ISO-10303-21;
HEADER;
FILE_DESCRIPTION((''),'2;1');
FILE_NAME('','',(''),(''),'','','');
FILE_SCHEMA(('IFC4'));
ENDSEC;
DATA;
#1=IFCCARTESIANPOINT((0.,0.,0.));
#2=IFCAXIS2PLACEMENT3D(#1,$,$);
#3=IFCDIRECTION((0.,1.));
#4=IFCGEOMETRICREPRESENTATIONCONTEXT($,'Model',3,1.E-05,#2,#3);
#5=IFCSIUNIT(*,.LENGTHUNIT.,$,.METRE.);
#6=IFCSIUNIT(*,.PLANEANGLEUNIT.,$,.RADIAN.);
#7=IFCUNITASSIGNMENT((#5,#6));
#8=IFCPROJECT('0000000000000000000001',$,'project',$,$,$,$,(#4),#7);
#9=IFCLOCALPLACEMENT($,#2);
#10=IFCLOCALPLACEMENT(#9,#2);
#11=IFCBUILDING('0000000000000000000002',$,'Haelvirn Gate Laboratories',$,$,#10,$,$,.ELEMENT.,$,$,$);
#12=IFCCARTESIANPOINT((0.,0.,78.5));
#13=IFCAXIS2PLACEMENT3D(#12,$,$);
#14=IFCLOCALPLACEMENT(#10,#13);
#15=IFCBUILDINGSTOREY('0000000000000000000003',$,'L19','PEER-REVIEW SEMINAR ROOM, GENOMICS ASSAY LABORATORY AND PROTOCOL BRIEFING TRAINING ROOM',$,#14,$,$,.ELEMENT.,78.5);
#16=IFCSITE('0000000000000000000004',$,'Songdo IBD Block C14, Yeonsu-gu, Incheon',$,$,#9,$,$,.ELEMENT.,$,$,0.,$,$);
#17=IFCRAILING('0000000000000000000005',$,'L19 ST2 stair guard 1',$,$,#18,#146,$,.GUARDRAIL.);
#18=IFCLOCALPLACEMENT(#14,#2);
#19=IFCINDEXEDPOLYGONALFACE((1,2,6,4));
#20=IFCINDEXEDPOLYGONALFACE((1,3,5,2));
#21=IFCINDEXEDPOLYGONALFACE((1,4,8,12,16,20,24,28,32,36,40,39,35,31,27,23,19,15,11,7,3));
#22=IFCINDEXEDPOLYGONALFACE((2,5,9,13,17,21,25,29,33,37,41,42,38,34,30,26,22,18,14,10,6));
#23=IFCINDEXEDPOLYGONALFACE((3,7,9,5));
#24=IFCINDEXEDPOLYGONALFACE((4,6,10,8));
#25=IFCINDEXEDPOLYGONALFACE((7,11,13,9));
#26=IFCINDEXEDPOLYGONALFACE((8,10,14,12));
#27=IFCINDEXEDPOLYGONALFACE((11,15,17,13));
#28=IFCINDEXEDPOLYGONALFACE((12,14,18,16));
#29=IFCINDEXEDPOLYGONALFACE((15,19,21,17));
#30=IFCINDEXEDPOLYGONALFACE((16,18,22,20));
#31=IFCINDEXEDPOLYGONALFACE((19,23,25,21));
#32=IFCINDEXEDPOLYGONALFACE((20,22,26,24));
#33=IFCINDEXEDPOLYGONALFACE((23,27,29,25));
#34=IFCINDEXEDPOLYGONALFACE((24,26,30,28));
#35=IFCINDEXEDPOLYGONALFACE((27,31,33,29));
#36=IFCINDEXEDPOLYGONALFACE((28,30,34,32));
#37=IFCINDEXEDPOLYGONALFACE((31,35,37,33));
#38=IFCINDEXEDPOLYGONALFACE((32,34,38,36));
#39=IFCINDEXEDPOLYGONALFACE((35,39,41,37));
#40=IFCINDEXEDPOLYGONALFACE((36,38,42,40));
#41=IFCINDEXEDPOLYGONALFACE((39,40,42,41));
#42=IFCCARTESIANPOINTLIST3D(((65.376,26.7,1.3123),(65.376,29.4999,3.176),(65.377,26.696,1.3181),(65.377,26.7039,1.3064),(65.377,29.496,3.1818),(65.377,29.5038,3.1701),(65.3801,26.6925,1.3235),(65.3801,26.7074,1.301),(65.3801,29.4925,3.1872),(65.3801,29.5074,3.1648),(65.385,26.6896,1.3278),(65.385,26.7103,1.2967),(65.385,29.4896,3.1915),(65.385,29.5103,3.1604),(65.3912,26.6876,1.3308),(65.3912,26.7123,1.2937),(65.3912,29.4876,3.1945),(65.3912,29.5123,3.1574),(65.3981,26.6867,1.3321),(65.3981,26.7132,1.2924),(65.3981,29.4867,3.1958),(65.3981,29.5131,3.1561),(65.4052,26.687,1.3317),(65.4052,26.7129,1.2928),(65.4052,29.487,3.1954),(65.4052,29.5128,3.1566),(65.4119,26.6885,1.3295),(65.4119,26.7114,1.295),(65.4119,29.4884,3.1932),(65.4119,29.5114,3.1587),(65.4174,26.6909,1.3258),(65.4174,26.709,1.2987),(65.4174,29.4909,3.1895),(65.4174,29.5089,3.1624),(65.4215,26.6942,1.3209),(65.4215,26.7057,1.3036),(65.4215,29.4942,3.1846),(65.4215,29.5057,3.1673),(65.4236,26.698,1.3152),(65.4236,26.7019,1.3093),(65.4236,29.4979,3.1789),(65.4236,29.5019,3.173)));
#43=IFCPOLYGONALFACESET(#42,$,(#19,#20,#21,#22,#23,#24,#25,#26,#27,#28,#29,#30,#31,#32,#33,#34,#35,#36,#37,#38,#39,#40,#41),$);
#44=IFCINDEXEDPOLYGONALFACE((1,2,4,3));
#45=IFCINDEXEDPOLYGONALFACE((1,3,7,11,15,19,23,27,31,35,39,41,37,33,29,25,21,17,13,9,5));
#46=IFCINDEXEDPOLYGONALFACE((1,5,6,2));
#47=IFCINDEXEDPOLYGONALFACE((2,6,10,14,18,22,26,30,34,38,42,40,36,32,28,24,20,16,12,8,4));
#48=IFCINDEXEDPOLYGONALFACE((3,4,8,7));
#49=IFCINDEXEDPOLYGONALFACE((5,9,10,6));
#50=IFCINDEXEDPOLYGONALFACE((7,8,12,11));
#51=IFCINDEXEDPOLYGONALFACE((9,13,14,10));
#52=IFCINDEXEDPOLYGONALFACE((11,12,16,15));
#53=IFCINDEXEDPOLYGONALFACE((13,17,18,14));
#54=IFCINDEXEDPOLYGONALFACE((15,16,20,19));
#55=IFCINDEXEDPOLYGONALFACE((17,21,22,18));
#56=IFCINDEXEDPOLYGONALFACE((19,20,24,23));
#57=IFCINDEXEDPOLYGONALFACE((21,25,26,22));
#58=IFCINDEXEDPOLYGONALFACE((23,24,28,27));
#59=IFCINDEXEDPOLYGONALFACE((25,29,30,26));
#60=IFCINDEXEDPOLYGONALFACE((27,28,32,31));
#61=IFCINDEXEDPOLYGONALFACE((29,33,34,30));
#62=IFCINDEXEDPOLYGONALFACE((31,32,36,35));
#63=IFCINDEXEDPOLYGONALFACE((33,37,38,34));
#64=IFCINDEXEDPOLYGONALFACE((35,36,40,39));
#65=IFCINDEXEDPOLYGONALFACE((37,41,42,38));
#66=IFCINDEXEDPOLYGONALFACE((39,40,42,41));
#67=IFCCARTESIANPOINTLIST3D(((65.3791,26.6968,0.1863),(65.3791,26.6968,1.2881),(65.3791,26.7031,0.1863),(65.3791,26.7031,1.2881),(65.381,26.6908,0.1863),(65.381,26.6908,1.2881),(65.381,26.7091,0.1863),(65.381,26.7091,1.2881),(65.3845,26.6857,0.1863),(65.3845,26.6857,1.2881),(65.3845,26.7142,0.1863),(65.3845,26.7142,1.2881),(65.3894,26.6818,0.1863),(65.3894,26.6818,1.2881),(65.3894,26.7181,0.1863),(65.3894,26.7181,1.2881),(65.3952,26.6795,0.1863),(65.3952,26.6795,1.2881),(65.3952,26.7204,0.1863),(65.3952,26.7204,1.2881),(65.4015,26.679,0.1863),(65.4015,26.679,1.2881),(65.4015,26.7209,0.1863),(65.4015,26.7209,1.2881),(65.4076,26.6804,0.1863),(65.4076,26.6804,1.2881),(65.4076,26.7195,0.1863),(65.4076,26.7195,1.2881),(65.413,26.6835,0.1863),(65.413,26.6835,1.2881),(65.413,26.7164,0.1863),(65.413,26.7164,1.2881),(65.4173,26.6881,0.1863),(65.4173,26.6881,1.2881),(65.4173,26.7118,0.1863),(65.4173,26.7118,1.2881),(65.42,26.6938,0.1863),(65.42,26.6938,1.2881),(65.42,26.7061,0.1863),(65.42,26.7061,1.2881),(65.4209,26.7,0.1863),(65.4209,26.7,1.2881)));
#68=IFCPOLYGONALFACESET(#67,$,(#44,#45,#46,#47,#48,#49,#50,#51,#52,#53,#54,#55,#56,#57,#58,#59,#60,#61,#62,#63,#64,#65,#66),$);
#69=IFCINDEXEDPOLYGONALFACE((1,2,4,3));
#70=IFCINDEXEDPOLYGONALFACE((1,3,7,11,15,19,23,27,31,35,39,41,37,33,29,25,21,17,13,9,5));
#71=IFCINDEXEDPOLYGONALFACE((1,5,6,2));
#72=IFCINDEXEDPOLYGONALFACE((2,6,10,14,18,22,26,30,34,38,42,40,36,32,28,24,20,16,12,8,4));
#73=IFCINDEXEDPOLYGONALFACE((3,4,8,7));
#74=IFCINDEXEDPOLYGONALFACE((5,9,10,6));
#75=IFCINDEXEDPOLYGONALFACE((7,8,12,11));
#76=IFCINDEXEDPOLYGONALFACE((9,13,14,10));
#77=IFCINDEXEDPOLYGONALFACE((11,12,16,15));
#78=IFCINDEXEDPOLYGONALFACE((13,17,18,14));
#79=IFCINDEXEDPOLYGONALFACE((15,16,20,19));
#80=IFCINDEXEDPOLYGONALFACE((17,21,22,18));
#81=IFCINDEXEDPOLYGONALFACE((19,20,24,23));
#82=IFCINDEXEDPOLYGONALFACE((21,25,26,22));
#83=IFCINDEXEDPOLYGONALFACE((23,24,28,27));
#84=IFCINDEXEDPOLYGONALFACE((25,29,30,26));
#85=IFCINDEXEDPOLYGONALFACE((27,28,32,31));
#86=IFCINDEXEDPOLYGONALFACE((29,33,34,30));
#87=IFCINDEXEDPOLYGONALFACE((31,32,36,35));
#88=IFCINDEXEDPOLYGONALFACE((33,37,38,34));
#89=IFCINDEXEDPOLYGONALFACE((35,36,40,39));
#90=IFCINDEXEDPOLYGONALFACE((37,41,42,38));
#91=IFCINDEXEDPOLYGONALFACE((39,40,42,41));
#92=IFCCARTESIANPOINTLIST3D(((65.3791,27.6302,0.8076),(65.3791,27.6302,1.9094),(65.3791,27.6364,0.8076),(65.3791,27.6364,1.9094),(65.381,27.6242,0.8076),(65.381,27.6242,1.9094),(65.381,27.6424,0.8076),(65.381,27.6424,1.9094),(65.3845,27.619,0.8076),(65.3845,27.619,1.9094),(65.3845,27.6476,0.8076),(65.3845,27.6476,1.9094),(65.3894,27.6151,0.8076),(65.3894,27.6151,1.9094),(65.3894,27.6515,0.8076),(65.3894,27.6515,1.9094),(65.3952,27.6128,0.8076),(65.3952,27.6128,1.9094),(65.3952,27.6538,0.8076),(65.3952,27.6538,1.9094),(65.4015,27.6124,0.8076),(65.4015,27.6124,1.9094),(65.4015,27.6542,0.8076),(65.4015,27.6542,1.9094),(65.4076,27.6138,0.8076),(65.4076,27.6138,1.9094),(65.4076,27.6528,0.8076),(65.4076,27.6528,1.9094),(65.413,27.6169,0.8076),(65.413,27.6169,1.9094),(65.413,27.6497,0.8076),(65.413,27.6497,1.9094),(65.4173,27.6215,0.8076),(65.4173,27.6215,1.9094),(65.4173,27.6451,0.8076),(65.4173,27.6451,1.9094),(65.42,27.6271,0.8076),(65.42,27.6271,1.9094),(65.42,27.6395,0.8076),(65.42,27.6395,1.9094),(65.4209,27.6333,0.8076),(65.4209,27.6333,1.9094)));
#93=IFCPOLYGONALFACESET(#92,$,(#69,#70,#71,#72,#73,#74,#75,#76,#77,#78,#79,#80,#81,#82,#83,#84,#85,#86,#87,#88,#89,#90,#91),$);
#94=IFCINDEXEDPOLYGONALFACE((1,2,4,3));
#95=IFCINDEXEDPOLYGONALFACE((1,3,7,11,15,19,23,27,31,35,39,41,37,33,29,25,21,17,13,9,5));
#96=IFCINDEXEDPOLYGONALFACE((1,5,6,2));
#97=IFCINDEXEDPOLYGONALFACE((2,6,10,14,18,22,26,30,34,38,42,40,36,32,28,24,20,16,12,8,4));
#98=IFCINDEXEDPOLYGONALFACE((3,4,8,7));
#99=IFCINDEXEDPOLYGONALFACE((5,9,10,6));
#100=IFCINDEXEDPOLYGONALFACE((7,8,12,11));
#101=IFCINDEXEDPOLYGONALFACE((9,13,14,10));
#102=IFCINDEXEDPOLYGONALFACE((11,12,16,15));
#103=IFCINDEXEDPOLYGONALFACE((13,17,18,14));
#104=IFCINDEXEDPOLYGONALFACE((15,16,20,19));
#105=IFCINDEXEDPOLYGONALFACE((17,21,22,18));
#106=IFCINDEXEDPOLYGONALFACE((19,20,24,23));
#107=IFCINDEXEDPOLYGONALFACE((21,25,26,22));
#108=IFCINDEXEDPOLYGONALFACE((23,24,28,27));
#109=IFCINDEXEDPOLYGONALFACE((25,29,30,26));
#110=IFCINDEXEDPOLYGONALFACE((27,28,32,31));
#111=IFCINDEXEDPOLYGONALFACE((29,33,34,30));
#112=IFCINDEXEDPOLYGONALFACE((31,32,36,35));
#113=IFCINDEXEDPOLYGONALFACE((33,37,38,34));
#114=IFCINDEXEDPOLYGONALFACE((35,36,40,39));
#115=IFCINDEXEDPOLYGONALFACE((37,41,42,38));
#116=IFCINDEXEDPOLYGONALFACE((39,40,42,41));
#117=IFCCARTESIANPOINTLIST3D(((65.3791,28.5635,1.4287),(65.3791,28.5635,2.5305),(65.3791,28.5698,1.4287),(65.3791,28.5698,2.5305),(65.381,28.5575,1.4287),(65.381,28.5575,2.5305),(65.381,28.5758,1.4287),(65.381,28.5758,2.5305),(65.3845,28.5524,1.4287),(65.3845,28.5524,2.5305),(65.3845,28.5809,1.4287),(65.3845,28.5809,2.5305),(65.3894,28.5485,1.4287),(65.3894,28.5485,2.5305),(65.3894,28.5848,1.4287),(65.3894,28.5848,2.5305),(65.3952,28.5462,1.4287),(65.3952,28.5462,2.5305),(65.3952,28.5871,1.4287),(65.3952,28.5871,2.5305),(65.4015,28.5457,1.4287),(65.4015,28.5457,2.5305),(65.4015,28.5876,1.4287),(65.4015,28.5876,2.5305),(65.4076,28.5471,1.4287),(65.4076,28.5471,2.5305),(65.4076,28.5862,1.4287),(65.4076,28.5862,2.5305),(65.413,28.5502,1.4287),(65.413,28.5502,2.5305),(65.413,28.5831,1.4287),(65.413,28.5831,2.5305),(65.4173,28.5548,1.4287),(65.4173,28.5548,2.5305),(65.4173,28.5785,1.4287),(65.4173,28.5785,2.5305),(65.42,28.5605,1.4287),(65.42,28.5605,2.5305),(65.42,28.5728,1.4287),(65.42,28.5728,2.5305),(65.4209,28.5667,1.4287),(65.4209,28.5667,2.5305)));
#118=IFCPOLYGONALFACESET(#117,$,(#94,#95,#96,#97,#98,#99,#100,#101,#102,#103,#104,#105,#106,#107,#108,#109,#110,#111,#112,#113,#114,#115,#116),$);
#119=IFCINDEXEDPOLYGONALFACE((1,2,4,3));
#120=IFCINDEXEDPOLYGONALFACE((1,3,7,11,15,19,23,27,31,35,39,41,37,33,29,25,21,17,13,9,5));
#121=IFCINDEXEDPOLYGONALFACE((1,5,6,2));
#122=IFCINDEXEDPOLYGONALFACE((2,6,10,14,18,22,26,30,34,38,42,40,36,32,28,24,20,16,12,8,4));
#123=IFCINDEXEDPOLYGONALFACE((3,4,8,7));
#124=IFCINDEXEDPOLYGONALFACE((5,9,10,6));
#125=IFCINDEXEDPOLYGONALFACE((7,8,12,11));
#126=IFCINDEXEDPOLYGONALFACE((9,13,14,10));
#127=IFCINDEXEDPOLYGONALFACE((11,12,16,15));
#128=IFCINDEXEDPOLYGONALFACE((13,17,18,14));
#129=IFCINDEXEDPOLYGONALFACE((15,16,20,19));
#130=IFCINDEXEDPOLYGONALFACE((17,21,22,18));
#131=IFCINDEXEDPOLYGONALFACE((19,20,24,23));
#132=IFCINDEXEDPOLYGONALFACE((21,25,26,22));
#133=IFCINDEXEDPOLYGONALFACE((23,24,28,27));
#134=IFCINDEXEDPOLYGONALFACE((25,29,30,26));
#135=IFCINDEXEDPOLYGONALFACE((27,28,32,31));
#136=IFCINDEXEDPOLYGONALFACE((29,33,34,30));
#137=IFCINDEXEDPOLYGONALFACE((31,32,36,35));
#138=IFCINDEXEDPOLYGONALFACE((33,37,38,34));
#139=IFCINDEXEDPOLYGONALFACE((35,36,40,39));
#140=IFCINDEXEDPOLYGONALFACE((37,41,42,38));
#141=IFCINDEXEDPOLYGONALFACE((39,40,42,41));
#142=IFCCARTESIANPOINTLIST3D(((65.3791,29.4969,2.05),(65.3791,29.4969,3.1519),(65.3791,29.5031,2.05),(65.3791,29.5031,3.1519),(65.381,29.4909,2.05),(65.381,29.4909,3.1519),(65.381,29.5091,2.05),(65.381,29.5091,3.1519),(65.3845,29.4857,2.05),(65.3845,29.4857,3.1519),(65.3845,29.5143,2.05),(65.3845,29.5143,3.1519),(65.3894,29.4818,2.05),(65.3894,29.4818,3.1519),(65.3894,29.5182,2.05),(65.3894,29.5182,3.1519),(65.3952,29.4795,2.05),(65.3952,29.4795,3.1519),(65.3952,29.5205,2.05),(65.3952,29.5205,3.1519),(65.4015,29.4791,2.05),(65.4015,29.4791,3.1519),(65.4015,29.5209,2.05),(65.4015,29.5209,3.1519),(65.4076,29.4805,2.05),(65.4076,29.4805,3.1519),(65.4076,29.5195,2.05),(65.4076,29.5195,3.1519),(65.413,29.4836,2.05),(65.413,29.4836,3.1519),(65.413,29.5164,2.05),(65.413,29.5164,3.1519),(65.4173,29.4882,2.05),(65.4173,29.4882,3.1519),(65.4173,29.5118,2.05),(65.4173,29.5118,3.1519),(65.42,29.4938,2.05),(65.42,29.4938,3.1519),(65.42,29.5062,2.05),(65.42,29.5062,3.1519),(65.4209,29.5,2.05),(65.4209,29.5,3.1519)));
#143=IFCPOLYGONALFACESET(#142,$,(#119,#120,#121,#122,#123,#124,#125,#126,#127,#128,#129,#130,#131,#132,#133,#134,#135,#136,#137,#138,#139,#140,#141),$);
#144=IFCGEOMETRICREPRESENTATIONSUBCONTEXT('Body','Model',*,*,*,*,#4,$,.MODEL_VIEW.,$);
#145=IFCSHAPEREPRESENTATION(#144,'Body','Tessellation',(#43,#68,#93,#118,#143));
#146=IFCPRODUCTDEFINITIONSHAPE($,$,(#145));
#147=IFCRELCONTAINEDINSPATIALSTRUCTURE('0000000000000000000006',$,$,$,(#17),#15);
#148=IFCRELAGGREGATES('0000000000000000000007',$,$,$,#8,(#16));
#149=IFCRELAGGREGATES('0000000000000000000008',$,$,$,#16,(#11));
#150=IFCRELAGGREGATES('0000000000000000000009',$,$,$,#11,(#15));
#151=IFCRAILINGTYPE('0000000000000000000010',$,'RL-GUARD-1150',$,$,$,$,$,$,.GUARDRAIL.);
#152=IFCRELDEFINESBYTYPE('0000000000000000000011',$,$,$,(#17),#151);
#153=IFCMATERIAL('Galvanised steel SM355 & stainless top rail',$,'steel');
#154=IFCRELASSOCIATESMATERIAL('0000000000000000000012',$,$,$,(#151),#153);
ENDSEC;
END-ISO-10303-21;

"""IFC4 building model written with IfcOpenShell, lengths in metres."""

from ifc_helpers import new_model, si_unit, direction, frame, origin, origin_2d, place, context, subcontext, project, spatial, circle, extrude, source, transform, mapped, material, type_object, element, save


model = new_model("IFC4")

# Units and contexts
model_context = context("Model", 3, precision=1e-05, world=origin(), true_north=direction((0.0, 1.0)))
body_context = subcontext(model_context, "Body", "Model", "MODEL_VIEW")
ifc_project = project(units=[si_unit("LENGTHUNIT", "METRE"), si_unit("PLANEANGLEUNIT", "RADIAN")], contexts=[model_context])

# Site, building, storey
site_placement = place(None, origin())
site = spatial("IfcSite", under=ifc_project, at=site_placement, Name="Songdo IBD Block C14, Yeonsu-gu, Incheon", CompositionType="ELEMENT", RefElevation=0.0)
building_placement = place(site_placement, origin())
building = spatial("IfcBuilding", under=site, at=building_placement, Name="Haelvirn Gate Laboratories", CompositionType="ELEMENT")
storey_placement = place(building_placement, frame((0.0, 0.0, 78.5)))
storey = spatial("IfcBuildingStorey", under=building, at=storey_placement, Name="L19", Description="PEER-REVIEW SEMINAR ROOM, GENOMICS ASSAY LABORATORY AND PROTOCOL BRIEFING TRAINING ROOM", CompositionType="ELEMENT", Elevation=78.5)

# Railing
ifc_material_1 = material(Name="Galvanised steel SM355 & stainless top rail", Category="steel")
railing_type_1 = type_object("IfcRailingType", Name="RL-GUARD-1150", PredefinedType="GUARDRAIL", material=ifc_material_1)
shared_shape_1 = source(origin(), body_context, "Body", "SweptSolid", [
    extrude(circle(Radius=0.0239, at=origin_2d()), frame((0.0, 0.0, 1.126), z_axis=(0.0, 0.832452, 0.554097), x_axis=(-1.0, 0.0, 0.0)), (0.0, 0.0, 1.0), 3.3635),
    extrude(circle(Radius=0.021, at=origin_2d()), origin(), (0.0, 0.0, 1.0), 1.1018),
    extrude(circle(Radius=0.021, at=origin_2d()), frame((0.0, 0.9333, 0.6213)), (0.0, 0.0, 1.0), 1.1018),
    extrude(circle(Radius=0.021, at=origin_2d()), frame((0.0, 1.8667, 1.2424)), (0.0, 0.0, 1.0), 1.1018),
    extrude(circle(Radius=0.021, at=origin_2d()), frame((0.0, 2.8, 1.8638)), (0.0, 0.0, 1.0), 1.1018),
])
railing_1_placement = place(storey_placement, frame((65.3999, 26.7, 0.1863)))
element("IfcRailing", 1, at=railing_1_placement, inside=storey, type_object=railing_type_1, Name="L19 ST2 stair guard 1", PredefinedType="GUARDRAIL", context=body_context, shape_type="MappedRepresentation", body=[
    mapped(shared_shape_1, transform((0.0, 0.0, 0.0), scale=1.0)),
])

save(model, "model.ifc")
